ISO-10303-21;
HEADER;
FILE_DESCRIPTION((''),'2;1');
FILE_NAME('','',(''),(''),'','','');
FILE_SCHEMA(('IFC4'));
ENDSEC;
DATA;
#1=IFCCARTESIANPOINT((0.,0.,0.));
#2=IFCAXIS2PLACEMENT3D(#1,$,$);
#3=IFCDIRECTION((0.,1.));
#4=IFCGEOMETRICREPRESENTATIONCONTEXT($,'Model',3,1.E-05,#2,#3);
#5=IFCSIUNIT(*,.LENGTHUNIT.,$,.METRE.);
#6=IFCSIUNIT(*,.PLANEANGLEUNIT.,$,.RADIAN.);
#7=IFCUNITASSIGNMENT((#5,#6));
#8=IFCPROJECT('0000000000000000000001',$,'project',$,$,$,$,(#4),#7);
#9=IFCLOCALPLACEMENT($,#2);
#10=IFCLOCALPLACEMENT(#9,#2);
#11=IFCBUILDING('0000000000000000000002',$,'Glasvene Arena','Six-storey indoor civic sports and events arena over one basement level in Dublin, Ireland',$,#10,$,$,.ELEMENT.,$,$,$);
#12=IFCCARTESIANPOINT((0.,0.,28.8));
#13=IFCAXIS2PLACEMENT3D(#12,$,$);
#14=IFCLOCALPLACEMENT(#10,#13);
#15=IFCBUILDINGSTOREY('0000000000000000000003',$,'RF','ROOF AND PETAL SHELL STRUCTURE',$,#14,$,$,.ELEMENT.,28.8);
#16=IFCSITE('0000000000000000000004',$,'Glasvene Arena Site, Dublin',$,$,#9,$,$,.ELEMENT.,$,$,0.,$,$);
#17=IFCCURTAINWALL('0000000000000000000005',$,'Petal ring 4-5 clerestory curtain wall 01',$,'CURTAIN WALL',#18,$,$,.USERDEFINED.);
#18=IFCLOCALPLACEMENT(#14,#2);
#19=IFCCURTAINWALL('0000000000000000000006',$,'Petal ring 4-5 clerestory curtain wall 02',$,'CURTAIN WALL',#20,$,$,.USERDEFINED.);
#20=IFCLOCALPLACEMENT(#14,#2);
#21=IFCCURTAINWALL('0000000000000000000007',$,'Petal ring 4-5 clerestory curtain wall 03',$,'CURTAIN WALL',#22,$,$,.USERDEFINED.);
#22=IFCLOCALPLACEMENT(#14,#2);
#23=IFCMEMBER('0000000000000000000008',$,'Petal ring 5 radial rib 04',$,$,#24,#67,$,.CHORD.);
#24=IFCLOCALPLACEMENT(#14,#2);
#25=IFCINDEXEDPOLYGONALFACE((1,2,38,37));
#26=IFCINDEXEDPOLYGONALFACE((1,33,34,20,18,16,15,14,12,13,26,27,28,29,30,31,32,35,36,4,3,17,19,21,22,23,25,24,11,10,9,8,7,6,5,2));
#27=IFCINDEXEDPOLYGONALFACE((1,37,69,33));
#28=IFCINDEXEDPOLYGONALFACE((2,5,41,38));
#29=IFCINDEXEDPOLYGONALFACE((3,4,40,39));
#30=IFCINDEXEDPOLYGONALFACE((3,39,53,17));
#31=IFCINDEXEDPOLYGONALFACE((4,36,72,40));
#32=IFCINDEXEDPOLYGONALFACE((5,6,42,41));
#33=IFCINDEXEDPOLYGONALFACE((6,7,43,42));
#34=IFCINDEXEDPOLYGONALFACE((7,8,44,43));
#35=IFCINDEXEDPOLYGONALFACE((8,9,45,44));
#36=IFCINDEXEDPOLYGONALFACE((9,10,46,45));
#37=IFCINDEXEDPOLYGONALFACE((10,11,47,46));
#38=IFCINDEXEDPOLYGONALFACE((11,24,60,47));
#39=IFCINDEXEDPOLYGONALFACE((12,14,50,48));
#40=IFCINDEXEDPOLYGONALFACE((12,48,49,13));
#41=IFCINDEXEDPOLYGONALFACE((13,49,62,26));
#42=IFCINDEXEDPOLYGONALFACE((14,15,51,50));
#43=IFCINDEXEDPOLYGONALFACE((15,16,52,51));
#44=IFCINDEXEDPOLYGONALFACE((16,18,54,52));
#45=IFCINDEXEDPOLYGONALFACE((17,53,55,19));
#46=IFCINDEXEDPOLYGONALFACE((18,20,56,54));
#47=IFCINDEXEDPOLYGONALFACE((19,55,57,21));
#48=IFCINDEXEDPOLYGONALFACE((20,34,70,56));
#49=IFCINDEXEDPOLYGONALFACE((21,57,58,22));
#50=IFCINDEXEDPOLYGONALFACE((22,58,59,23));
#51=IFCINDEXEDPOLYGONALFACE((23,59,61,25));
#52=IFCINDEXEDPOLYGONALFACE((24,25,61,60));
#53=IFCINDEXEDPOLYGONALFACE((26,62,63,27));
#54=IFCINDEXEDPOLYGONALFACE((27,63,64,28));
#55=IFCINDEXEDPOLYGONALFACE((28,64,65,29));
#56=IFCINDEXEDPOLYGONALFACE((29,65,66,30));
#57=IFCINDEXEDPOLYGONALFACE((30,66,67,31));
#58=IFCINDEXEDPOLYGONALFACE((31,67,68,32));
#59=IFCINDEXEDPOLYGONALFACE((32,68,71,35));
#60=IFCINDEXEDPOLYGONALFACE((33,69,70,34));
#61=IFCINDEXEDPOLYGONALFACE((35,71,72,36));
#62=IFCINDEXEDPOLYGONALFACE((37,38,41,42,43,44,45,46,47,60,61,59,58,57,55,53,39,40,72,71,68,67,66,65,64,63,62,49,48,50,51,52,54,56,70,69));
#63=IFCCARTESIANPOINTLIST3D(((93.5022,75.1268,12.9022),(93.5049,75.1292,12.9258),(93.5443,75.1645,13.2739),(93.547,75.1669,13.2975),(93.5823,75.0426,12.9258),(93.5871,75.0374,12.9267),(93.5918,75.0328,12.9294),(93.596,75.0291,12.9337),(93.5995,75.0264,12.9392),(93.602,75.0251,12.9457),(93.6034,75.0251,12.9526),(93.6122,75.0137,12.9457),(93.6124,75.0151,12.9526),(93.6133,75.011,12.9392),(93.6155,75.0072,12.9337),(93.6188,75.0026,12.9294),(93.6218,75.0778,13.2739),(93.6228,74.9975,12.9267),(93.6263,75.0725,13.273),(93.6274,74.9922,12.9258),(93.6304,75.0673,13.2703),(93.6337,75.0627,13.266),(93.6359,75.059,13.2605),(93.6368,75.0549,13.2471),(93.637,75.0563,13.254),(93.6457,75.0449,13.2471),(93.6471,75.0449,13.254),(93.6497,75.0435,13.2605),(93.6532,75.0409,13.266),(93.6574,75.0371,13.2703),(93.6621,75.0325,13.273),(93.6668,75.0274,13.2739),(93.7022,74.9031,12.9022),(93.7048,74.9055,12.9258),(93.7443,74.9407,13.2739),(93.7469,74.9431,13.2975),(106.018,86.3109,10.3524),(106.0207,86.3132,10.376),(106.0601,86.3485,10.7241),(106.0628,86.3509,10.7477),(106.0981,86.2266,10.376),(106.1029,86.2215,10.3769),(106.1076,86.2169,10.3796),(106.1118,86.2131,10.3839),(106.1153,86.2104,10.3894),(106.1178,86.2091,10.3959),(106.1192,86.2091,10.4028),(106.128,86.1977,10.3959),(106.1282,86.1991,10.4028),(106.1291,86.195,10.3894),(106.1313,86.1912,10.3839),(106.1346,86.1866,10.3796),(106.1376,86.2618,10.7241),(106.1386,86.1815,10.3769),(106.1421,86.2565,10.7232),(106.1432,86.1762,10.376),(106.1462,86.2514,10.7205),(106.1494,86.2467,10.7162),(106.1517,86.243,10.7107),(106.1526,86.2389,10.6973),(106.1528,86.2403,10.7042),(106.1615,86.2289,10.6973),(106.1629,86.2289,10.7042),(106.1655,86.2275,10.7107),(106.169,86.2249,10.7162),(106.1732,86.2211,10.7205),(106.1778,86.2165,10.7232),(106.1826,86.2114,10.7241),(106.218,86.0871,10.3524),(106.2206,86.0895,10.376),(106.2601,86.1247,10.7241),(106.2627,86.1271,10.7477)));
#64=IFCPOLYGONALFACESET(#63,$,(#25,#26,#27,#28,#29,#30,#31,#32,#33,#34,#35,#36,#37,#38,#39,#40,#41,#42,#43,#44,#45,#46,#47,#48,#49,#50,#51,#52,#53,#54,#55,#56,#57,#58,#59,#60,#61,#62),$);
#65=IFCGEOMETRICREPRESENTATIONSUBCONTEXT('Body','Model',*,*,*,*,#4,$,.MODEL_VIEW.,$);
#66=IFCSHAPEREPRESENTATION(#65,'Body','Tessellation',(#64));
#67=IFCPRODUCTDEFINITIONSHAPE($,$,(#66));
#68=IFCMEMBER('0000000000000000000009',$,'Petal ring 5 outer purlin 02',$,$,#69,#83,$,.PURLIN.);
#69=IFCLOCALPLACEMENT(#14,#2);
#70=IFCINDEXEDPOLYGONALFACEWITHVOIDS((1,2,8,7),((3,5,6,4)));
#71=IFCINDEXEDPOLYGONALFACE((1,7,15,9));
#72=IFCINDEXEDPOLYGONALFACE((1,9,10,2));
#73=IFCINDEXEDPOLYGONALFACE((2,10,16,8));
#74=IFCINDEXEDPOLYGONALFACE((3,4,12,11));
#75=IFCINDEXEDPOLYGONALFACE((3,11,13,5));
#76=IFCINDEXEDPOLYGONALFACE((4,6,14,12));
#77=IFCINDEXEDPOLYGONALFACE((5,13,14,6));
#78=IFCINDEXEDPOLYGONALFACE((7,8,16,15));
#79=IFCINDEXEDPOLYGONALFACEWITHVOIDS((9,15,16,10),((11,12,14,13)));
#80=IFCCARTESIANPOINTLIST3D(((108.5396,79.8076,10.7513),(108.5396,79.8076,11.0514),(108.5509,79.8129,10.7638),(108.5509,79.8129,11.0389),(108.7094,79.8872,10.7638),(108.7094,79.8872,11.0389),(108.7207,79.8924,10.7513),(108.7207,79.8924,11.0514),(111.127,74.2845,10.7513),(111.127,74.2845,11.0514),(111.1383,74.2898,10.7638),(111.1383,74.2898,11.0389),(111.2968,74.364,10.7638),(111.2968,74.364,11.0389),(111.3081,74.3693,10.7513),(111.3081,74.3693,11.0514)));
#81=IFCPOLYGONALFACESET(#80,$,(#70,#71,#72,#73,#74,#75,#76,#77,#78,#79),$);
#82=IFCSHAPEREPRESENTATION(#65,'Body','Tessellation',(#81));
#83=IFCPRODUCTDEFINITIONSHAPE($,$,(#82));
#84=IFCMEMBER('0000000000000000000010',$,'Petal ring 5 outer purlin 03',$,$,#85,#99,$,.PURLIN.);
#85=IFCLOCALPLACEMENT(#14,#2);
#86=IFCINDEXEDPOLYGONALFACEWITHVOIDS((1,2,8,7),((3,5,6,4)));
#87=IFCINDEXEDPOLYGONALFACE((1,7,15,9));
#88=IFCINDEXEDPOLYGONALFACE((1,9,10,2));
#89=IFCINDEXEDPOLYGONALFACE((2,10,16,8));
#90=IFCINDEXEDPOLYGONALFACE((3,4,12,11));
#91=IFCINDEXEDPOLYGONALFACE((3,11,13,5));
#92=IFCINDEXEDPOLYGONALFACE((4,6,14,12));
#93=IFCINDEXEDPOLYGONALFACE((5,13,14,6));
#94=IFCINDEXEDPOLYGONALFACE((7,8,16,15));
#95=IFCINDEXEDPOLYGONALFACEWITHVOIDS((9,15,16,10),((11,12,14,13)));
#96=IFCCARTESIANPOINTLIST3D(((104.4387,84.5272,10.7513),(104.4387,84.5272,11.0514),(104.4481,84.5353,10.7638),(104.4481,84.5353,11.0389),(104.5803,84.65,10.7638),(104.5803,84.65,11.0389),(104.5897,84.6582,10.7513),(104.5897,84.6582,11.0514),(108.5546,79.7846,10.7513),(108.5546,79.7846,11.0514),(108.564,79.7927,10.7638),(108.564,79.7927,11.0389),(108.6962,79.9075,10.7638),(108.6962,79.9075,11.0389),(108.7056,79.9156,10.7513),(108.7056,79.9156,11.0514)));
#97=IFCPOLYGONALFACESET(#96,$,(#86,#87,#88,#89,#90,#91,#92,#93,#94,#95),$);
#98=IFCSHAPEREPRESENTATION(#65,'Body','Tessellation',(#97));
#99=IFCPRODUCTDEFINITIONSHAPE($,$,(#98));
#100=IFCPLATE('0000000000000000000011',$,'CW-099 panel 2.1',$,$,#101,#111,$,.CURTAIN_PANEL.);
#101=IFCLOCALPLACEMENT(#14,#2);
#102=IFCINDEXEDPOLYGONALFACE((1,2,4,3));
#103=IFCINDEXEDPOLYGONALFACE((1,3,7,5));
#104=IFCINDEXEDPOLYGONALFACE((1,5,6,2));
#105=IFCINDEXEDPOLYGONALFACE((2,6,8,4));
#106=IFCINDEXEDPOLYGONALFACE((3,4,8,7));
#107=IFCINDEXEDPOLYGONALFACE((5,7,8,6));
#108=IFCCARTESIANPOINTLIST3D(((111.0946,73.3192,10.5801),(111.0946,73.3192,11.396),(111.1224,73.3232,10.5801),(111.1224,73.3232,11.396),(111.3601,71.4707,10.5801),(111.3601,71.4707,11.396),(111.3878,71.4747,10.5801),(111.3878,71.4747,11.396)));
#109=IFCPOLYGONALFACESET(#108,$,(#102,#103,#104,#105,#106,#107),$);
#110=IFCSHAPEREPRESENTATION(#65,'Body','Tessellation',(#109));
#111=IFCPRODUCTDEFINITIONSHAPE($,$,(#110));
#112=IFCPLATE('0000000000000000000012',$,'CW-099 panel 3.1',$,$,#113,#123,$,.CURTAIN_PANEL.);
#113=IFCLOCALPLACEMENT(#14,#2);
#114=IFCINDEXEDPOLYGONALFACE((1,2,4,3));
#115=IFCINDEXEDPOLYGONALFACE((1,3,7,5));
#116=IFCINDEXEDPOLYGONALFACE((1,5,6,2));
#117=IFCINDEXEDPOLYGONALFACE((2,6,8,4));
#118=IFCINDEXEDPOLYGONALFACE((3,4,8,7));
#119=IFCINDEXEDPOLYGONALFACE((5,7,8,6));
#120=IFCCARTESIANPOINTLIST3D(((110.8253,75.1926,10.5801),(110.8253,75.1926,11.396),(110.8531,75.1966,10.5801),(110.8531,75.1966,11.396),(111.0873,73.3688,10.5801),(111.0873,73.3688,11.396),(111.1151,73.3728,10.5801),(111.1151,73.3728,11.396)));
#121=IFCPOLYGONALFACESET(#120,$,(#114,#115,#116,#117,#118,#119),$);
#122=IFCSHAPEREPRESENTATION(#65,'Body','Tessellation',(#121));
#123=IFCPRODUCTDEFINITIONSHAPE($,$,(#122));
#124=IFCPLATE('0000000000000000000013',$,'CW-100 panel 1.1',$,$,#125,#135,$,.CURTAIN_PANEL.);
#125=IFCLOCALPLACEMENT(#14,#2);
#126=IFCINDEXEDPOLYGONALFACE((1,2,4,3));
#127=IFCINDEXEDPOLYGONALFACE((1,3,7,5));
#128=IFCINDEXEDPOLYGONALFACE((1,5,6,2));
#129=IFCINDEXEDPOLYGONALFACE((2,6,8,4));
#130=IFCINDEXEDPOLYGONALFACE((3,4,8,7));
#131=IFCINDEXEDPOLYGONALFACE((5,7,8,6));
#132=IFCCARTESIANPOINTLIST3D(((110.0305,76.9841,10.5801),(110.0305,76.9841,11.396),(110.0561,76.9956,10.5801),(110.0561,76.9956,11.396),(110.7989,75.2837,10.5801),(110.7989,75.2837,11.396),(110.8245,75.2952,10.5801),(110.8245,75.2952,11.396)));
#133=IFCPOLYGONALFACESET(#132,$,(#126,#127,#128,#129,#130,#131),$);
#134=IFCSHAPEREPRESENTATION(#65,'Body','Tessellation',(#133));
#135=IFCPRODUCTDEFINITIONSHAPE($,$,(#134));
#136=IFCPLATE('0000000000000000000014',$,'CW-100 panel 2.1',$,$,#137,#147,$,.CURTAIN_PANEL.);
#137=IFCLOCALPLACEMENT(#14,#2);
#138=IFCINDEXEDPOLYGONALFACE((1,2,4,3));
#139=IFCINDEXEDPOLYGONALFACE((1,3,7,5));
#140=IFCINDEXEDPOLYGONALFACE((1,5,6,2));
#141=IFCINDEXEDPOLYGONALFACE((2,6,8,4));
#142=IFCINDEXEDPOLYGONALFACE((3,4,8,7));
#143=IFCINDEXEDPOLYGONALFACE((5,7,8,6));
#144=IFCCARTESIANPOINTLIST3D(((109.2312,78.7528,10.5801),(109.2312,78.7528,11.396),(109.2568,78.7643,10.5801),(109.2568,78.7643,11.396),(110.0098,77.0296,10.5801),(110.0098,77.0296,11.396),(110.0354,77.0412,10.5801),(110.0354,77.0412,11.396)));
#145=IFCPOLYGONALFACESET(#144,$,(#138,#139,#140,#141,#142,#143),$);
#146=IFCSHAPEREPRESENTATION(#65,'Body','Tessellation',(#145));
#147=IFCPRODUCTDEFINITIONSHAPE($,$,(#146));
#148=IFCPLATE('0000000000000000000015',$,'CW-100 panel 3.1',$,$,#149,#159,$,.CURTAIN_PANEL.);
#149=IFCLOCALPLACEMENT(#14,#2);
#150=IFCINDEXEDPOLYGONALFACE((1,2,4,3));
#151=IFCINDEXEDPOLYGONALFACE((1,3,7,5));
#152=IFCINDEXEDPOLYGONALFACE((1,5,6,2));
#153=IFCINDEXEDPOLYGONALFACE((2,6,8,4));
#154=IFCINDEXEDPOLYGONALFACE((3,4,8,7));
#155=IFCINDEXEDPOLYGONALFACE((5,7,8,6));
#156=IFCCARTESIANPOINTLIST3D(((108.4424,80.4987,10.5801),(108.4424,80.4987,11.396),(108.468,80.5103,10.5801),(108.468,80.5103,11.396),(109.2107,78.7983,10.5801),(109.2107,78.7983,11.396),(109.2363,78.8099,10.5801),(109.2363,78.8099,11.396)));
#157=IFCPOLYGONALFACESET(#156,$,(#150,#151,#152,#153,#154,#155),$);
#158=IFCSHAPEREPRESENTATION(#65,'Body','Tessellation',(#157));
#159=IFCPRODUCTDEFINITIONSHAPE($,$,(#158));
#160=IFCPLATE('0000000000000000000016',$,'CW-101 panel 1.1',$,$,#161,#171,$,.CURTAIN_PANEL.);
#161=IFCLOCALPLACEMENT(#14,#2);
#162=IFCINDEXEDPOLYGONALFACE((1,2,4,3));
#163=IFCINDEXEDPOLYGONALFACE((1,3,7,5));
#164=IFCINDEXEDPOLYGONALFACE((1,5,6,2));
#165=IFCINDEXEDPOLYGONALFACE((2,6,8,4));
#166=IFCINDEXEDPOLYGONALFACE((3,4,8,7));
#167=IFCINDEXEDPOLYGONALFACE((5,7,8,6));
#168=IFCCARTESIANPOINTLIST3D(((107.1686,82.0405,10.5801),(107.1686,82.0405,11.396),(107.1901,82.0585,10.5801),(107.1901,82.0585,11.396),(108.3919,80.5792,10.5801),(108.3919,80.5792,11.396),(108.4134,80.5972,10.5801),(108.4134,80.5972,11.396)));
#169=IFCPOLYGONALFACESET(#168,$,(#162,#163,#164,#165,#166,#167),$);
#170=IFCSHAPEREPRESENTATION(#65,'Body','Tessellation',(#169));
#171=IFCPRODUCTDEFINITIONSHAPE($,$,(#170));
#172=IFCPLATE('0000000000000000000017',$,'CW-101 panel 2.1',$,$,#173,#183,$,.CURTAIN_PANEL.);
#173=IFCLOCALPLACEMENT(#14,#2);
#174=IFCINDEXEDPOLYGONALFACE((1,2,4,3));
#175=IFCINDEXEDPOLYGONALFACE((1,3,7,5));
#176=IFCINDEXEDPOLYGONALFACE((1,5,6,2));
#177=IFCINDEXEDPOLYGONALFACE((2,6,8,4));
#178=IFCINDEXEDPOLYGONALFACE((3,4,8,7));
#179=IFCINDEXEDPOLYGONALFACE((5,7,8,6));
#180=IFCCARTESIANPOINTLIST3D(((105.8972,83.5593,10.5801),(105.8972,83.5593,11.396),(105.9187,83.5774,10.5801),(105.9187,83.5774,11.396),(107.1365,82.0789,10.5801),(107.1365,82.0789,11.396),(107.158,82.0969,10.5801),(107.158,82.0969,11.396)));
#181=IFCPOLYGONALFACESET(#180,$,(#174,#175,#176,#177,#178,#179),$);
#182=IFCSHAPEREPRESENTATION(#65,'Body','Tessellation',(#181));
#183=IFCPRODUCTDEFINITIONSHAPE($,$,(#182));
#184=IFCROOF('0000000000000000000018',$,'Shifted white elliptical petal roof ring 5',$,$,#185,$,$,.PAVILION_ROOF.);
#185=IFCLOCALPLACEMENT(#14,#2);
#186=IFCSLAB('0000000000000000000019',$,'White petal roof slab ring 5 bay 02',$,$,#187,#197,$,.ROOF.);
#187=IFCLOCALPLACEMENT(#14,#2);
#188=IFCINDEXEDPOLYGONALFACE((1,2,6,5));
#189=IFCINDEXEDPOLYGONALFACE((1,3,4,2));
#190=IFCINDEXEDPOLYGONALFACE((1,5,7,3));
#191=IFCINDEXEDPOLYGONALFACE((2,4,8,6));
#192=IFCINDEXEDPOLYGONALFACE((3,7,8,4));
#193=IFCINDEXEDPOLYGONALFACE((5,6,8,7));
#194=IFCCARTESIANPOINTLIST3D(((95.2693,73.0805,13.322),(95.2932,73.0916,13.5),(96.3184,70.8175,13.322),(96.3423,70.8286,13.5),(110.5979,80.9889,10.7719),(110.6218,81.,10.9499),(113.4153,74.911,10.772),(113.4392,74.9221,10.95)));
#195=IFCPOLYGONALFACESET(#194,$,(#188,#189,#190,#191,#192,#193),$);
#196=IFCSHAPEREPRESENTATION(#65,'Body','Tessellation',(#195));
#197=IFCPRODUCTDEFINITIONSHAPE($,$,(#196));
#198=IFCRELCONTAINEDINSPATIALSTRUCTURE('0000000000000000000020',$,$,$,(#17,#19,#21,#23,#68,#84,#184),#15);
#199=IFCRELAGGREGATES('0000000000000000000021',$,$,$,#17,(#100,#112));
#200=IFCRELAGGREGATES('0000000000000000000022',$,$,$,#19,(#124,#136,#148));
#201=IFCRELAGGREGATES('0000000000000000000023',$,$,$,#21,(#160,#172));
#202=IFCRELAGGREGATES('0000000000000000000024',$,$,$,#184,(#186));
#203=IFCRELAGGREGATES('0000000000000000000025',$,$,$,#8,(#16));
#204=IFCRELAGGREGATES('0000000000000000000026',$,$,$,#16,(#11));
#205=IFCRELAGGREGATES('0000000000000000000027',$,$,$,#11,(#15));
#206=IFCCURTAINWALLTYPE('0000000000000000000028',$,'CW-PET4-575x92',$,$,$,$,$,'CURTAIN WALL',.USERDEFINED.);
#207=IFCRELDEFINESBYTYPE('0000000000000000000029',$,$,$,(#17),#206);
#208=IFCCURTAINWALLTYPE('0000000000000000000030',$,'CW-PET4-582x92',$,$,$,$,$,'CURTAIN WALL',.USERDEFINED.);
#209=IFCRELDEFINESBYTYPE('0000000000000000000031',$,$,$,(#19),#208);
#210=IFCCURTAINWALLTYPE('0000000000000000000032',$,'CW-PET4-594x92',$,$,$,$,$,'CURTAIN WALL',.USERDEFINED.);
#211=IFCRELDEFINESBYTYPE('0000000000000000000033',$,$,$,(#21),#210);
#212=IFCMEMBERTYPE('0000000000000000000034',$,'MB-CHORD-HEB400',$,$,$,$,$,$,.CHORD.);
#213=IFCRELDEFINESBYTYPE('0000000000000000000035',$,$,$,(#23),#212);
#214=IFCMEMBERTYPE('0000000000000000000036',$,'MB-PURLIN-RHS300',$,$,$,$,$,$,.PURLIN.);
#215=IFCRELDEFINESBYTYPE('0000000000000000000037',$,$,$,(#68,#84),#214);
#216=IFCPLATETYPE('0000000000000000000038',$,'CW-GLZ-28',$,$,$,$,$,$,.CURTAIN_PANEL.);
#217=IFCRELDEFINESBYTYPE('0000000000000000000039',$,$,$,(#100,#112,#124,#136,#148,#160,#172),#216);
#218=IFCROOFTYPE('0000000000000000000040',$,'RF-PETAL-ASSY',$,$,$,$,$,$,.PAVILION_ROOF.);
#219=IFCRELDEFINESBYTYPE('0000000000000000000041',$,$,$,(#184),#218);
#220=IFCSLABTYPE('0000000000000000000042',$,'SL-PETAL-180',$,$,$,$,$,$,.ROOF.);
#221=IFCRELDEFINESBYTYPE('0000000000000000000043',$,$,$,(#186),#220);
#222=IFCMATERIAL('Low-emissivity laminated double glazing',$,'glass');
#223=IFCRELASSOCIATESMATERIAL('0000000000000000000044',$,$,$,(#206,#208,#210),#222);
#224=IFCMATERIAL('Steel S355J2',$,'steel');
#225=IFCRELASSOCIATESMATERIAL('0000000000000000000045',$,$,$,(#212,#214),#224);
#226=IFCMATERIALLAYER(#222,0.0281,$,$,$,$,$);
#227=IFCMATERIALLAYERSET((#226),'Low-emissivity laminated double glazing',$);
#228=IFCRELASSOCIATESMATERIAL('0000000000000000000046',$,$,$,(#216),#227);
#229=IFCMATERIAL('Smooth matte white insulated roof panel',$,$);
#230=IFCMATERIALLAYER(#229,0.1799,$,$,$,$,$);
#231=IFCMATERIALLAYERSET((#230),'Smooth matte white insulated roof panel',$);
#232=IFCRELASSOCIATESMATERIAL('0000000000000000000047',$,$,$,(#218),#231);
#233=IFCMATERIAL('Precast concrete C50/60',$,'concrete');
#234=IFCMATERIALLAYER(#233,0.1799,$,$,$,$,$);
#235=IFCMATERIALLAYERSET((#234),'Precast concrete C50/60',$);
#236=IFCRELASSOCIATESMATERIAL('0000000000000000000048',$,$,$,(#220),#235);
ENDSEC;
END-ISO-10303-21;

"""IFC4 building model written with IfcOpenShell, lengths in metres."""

from ifc_helpers import new_model, si_unit, direction, frame, origin, origin_2d, place, context, subcontext, project, spatial, polyline, rectangle, hollow_rectangle, i_section, outline, extrude, material, layer, layer_set, material_profile, profile_set, type_object, element, aggregate, save


model = new_model("IFC4")

# Units and contexts
model_context = context("Model", 3, precision=1e-05, world=origin(), true_north=direction((0.0, 1.0)))
body_context = subcontext(model_context, "Body", "Model", "MODEL_VIEW")
ifc_project = project(units=[si_unit("LENGTHUNIT", "METRE"), si_unit("PLANEANGLEUNIT", "RADIAN")], contexts=[model_context])

# Site, building, storey
site_placement = place(None, origin())
site = spatial("IfcSite", under=ifc_project, at=site_placement, Name="Glasvene Arena Site, Dublin", CompositionType="ELEMENT", RefElevation=0.0)
building_placement = place(site_placement, origin())
building = spatial("IfcBuilding", under=site, at=building_placement, Name="Glasvene Arena", Description="Six-storey indoor civic sports and events arena over one basement level in Dublin, Ireland", CompositionType="ELEMENT")
storey_placement = place(building_placement, frame((0.0, 0.0, 28.8)))
storey = spatial("IfcBuildingStorey", under=building, at=storey_placement, Name="RF", Description="ROOF AND PETAL SHELL STRUCTURE", CompositionType="ELEMENT", Elevation=28.8)

# Curtain walls
ifc_material_1 = material(Name="Low-emissivity laminated double glazing", Category="glass")
curtain_wall_type_1 = type_object("IfcCurtainWallType", Name="CW-PET4-575x92", ElementType="CURTAIN WALL", PredefinedType="USERDEFINED", material=ifc_material_1)
curtain_wall_1_placement = place(storey_placement, frame((111.6499, 69.55, 0.0)))
curtain_wall_1 = element("IfcCurtainWall", 1, at=curtain_wall_1_placement, inside=storey, type_object=curtain_wall_type_1, Name="Petal ring 4-5 clerestory curtain wall 01", ObjectType="CURTAIN WALL", PredefinedType="USERDEFINED")
curtain_wall_type_2 = type_object("IfcCurtainWallType", Name="CW-PET4-582x92", ElementType="CURTAIN WALL", PredefinedType="USERDEFINED", material=ifc_material_1)
curtain_wall_2_placement = place(storey_placement, frame((110.8323, 75.2439, 0.0)))
curtain_wall_2 = element("IfcCurtainWall", 2, at=curtain_wall_2_placement, inside=storey, type_object=curtain_wall_type_2, Name="Petal ring 4-5 clerestory curtain wall 02", ObjectType="CURTAIN WALL", PredefinedType="USERDEFINED")

# Curtain wall
curtain_wall_type_3 = type_object("IfcCurtainWallType", Name="CW-PET4-594x92", ElementType="CURTAIN WALL", PredefinedType="USERDEFINED", material=ifc_material_1)
curtain_wall_3_placement = place(storey_placement, frame((108.4346, 80.55, 0.0)))
curtain_wall_3 = element("IfcCurtainWall", 3, at=curtain_wall_3_placement, inside=storey, type_object=curtain_wall_type_3, Name="Petal ring 4-5 clerestory curtain wall 03", ObjectType="CURTAIN WALL", PredefinedType="USERDEFINED")

# Members
ifc_material_2 = material(Name="Steel S355J2", Category="steel")
ifc_material_profile_1 = material_profile(ifc_material_2, i_section(OverallWidth=0.3, OverallDepth=0.3999, WebThickness=0.0134, FlangeThickness=0.0239, FilletRadius=0.0271, at=origin_2d()), Name="HEB 400")
ifc_profile_set_1 = profile_set([ifc_material_profile_1], Name="Steel S355J2")
member_type_1 = type_object("IfcMemberType", Name="MB-CHORD-HEB400", PredefinedType="CHORD", material=ifc_profile_set_1)
member_1_placement = place(storey_placement, frame((106.1404, 86.219, 10.55), z_axis=(-0.737208, -0.658763, 0.150188), x_axis=(0.666321, -0.745665, 0.0)))
element("IfcMember", 4, at=member_1_placement, inside=storey, type_object=member_type_1, Name="Petal ring 5 radial rib 04", PredefinedType="CHORD", context=body_context, shape_type="SweptSolid", body=[
    extrude(i_section(OverallWidth=0.3, OverallDepth=0.3999, WebThickness=0.0134, FlangeThickness=0.0239, FilletRadius=0.0271, at=origin_2d()), origin(), (0.0, 0.0, 1.0), 16.9773),
])
ifc_material_profile_2 = material_profile(ifc_material_2, hollow_rectangle(XDim=0.2, YDim=0.3, WallThickness=0.0125, at=origin_2d()), Name="RHS 300x200x12.5")
ifc_profile_set_2 = profile_set([ifc_material_profile_2], Name="Steel S355J2")
member_type_2 = type_object("IfcMemberType", Name="MB-PURLIN-RHS300", PredefinedType="PURLIN", material=ifc_profile_set_2)
member_2_placement = place(storey_placement, frame((111.2175, 74.3269, 10.9014), z_axis=(-0.42422, 0.905559, 0.0), x_axis=(-0.905559, -0.42422, 0.0)))
element("IfcMember", 5, at=member_2_placement, inside=storey, type_object=member_type_2, Name="Petal ring 5 outer purlin 02", PredefinedType="PURLIN", context=body_context, shape_type="SweptSolid", body=[
    extrude(hollow_rectangle(XDim=0.2, YDim=0.3, WallThickness=0.0125, at=origin_2d()), origin(), (0.0, 0.0, 1.0), 6.0991),
])
member_3_placement = place(storey_placement, frame((108.6301, 79.8501, 10.9014), z_axis=(-0.655444, 0.755244, 0.0), x_axis=(-0.755244, -0.655444, 0.0)))
element("IfcMember", 6, at=member_3_placement, inside=storey, type_object=member_type_2, Name="Petal ring 5 outer purlin 03", PredefinedType="PURLIN", context=body_context, shape_type="SweptSolid", body=[
    extrude(hollow_rectangle(XDim=0.2, YDim=0.3, WallThickness=0.0125, at=origin_2d()), origin(), (0.0, 0.0, 1.0), 6.2795),
])

# Plates
ifc_layer_1 = layer(ifc_material_1, 0.0281)
ifc_layer_set_1 = layer_set([ifc_layer_1], Name="Low-emissivity laminated double glazing")
plate_type = type_object("IfcPlateType", Name="CW-GLZ-28", PredefinedType="CURTAIN_PANEL", material=ifc_layer_set_1)
plate_1_placement = place(storey_placement, frame((111.2412, 72.397, 10.5801), z_axis=(0.0, 0.0, 1.0), x_axis=(-0.142166, 0.989843, 0.0)))
plate_1 = element("IfcPlate", 7, at=plate_1_placement, type_object=plate_type, Name="CW-099 panel 2.1", PredefinedType="CURTAIN_PANEL", context=body_context, shape_type="SweptSolid", body=[
    extrude(rectangle(XDim=1.8674, YDim=0.0281, at=origin_2d()), origin(), (0.0, 0.0, 1.0), 0.8159),
])
plate_2_placement = place(storey_placement, frame((110.9702, 74.2827, 10.5801), z_axis=(0.0, 0.0, 1.0), x_axis=(-0.142166, 0.989843, 0.0)))
plate_2 = element("IfcPlate", 8, at=plate_2_placement, type_object=plate_type, Name="CW-099 panel 3.1", PredefinedType="CURTAIN_PANEL", context=body_context, shape_type="SweptSolid", body=[
    extrude(rectangle(XDim=1.8425, YDim=0.0281, at=origin_2d()), origin(), (0.0, 0.0, 1.0), 0.8159),
])
aggregate(curtain_wall_1, [plate_1, plate_2])
plate_3_placement = place(storey_placement, frame((110.4275, 76.1396, 10.5801), z_axis=(0.0, 0.0, 1.0), x_axis=(-0.411778, 0.911284, 0.0)))
plate_3 = element("IfcPlate", 9, at=plate_3_placement, type_object=plate_type, Name="CW-100 panel 1.1", PredefinedType="CURTAIN_PANEL", context=body_context, shape_type="SweptSolid", body=[
    extrude(rectangle(XDim=1.866, YDim=0.0281, at=origin_2d()), origin(), (0.0, 0.0, 1.0), 0.8159),
])
plate_4_placement = place(storey_placement, frame((109.6333, 77.897, 10.5801), z_axis=(0.0, 0.0, 1.0), x_axis=(-0.411778, 0.911284, 0.0)))
plate_4 = element("IfcPlate", 10, at=plate_4_placement, type_object=plate_type, Name="CW-100 panel 2.1", PredefinedType="CURTAIN_PANEL", context=body_context, shape_type="SweptSolid", body=[
    extrude(rectangle(XDim=1.8909, YDim=0.0281, at=origin_2d()), origin(), (0.0, 0.0, 1.0), 0.8159),
])
plate_5_placement = place(storey_placement, frame((108.8394, 79.6543, 10.5801), z_axis=(0.0, 0.0, 1.0), x_axis=(-0.411778, 0.911284, 0.0)))
plate_5 = element("IfcPlate", 11, at=plate_5_placement, type_object=plate_type, Name="CW-100 panel 3.1", PredefinedType="CURTAIN_PANEL", context=body_context, shape_type="SweptSolid", body=[
    extrude(rectangle(XDim=1.866, YDim=0.0281, at=origin_2d()), origin(), (0.0, 0.0, 1.0), 0.8159),
])
aggregate(curtain_wall_2, [plate_3, plate_4, plate_5])
plate_6_placement = place(storey_placement, frame((107.791, 81.3188, 10.5801), z_axis=(0.0, 0.0, 1.0), x_axis=(-0.64188, 0.766805, 0.0)))
plate_6 = element("IfcPlate", 12, at=plate_6_placement, type_object=plate_type, Name="CW-101 panel 1.1", PredefinedType="CURTAIN_PANEL", context=body_context, shape_type="SweptSolid", body=[
    extrude(rectangle(XDim=1.9058, YDim=0.0281, at=origin_2d()), origin(), (0.0, 0.0, 1.0), 0.8159),
])
plate_7_placement = place(storey_placement, frame((106.5276, 82.8281, 10.5801), z_axis=(0.0, 0.0, 1.0), x_axis=(-0.64188, 0.766805, 0.0)))
plate_7 = element("IfcPlate", 13, at=plate_7_placement, type_object=plate_type, Name="CW-101 panel 2.1", PredefinedType="CURTAIN_PANEL", context=body_context, shape_type="SweptSolid", body=[
    extrude(rectangle(XDim=1.9307, YDim=0.0281, at=origin_2d()), origin(), (0.0, 0.0, 1.0), 0.8159),
])
aggregate(curtain_wall_3, [plate_6, plate_7])

# Roof, slab
ifc_material_3 = material(Name="Smooth matte white insulated roof panel")
ifc_layer_2 = layer(ifc_material_3, 0.1799)
ifc_layer_set_2 = layer_set([ifc_layer_2], Name="Smooth matte white insulated roof panel")
roof_type = type_object("IfcRoofType", Name="RF-PETAL-ASSY", PredefinedType="PAVILION_ROOF", material=ifc_layer_set_2)
roof_placement = place(storey_placement, frame((86.2, 68.3999, 10.95)))
roof = element("IfcRoof", 14, at=roof_placement, inside=storey, type_object=roof_type, Name="Shifted white elliptical petal roof ring 5", PredefinedType="PAVILION_ROOF")
ifc_material_4 = material(Name="Precast concrete C50/60", Category="concrete")
ifc_layer_3 = layer(ifc_material_4, 0.1799)
ifc_layer_set_3 = layer_set([ifc_layer_3], Name="Precast concrete C50/60")
slab_type = type_object("IfcSlabType", Name="SL-PETAL-180", PredefinedType="ROOF", material=ifc_layer_set_3)
slab_1_placement = place(storey_placement, frame((113.4392, 74.9221, 10.95), z_axis=(0.132805, 0.061563, 0.989228), x_axis=(-0.42056, 0.907265, -0.000001)))
slab_1 = element("IfcSlab", 15, at=slab_1_placement, type_object=slab_type, Name="White petal roof slab ring 5 bay 02", PredefinedType="ROOF", context=body_context, shape_type="SweptSolid", body=[
    extrude(outline(polyline([(0.0, 0.0), (6.6991, 0.0), (5.9707, 17.4207), (3.4764, 17.4207), (0.0, 0.0)])), origin(), (0.0, 0.0, -1.0), 0.1799),
])
aggregate(roof, [slab_1])

save(model, "model.ifc")
